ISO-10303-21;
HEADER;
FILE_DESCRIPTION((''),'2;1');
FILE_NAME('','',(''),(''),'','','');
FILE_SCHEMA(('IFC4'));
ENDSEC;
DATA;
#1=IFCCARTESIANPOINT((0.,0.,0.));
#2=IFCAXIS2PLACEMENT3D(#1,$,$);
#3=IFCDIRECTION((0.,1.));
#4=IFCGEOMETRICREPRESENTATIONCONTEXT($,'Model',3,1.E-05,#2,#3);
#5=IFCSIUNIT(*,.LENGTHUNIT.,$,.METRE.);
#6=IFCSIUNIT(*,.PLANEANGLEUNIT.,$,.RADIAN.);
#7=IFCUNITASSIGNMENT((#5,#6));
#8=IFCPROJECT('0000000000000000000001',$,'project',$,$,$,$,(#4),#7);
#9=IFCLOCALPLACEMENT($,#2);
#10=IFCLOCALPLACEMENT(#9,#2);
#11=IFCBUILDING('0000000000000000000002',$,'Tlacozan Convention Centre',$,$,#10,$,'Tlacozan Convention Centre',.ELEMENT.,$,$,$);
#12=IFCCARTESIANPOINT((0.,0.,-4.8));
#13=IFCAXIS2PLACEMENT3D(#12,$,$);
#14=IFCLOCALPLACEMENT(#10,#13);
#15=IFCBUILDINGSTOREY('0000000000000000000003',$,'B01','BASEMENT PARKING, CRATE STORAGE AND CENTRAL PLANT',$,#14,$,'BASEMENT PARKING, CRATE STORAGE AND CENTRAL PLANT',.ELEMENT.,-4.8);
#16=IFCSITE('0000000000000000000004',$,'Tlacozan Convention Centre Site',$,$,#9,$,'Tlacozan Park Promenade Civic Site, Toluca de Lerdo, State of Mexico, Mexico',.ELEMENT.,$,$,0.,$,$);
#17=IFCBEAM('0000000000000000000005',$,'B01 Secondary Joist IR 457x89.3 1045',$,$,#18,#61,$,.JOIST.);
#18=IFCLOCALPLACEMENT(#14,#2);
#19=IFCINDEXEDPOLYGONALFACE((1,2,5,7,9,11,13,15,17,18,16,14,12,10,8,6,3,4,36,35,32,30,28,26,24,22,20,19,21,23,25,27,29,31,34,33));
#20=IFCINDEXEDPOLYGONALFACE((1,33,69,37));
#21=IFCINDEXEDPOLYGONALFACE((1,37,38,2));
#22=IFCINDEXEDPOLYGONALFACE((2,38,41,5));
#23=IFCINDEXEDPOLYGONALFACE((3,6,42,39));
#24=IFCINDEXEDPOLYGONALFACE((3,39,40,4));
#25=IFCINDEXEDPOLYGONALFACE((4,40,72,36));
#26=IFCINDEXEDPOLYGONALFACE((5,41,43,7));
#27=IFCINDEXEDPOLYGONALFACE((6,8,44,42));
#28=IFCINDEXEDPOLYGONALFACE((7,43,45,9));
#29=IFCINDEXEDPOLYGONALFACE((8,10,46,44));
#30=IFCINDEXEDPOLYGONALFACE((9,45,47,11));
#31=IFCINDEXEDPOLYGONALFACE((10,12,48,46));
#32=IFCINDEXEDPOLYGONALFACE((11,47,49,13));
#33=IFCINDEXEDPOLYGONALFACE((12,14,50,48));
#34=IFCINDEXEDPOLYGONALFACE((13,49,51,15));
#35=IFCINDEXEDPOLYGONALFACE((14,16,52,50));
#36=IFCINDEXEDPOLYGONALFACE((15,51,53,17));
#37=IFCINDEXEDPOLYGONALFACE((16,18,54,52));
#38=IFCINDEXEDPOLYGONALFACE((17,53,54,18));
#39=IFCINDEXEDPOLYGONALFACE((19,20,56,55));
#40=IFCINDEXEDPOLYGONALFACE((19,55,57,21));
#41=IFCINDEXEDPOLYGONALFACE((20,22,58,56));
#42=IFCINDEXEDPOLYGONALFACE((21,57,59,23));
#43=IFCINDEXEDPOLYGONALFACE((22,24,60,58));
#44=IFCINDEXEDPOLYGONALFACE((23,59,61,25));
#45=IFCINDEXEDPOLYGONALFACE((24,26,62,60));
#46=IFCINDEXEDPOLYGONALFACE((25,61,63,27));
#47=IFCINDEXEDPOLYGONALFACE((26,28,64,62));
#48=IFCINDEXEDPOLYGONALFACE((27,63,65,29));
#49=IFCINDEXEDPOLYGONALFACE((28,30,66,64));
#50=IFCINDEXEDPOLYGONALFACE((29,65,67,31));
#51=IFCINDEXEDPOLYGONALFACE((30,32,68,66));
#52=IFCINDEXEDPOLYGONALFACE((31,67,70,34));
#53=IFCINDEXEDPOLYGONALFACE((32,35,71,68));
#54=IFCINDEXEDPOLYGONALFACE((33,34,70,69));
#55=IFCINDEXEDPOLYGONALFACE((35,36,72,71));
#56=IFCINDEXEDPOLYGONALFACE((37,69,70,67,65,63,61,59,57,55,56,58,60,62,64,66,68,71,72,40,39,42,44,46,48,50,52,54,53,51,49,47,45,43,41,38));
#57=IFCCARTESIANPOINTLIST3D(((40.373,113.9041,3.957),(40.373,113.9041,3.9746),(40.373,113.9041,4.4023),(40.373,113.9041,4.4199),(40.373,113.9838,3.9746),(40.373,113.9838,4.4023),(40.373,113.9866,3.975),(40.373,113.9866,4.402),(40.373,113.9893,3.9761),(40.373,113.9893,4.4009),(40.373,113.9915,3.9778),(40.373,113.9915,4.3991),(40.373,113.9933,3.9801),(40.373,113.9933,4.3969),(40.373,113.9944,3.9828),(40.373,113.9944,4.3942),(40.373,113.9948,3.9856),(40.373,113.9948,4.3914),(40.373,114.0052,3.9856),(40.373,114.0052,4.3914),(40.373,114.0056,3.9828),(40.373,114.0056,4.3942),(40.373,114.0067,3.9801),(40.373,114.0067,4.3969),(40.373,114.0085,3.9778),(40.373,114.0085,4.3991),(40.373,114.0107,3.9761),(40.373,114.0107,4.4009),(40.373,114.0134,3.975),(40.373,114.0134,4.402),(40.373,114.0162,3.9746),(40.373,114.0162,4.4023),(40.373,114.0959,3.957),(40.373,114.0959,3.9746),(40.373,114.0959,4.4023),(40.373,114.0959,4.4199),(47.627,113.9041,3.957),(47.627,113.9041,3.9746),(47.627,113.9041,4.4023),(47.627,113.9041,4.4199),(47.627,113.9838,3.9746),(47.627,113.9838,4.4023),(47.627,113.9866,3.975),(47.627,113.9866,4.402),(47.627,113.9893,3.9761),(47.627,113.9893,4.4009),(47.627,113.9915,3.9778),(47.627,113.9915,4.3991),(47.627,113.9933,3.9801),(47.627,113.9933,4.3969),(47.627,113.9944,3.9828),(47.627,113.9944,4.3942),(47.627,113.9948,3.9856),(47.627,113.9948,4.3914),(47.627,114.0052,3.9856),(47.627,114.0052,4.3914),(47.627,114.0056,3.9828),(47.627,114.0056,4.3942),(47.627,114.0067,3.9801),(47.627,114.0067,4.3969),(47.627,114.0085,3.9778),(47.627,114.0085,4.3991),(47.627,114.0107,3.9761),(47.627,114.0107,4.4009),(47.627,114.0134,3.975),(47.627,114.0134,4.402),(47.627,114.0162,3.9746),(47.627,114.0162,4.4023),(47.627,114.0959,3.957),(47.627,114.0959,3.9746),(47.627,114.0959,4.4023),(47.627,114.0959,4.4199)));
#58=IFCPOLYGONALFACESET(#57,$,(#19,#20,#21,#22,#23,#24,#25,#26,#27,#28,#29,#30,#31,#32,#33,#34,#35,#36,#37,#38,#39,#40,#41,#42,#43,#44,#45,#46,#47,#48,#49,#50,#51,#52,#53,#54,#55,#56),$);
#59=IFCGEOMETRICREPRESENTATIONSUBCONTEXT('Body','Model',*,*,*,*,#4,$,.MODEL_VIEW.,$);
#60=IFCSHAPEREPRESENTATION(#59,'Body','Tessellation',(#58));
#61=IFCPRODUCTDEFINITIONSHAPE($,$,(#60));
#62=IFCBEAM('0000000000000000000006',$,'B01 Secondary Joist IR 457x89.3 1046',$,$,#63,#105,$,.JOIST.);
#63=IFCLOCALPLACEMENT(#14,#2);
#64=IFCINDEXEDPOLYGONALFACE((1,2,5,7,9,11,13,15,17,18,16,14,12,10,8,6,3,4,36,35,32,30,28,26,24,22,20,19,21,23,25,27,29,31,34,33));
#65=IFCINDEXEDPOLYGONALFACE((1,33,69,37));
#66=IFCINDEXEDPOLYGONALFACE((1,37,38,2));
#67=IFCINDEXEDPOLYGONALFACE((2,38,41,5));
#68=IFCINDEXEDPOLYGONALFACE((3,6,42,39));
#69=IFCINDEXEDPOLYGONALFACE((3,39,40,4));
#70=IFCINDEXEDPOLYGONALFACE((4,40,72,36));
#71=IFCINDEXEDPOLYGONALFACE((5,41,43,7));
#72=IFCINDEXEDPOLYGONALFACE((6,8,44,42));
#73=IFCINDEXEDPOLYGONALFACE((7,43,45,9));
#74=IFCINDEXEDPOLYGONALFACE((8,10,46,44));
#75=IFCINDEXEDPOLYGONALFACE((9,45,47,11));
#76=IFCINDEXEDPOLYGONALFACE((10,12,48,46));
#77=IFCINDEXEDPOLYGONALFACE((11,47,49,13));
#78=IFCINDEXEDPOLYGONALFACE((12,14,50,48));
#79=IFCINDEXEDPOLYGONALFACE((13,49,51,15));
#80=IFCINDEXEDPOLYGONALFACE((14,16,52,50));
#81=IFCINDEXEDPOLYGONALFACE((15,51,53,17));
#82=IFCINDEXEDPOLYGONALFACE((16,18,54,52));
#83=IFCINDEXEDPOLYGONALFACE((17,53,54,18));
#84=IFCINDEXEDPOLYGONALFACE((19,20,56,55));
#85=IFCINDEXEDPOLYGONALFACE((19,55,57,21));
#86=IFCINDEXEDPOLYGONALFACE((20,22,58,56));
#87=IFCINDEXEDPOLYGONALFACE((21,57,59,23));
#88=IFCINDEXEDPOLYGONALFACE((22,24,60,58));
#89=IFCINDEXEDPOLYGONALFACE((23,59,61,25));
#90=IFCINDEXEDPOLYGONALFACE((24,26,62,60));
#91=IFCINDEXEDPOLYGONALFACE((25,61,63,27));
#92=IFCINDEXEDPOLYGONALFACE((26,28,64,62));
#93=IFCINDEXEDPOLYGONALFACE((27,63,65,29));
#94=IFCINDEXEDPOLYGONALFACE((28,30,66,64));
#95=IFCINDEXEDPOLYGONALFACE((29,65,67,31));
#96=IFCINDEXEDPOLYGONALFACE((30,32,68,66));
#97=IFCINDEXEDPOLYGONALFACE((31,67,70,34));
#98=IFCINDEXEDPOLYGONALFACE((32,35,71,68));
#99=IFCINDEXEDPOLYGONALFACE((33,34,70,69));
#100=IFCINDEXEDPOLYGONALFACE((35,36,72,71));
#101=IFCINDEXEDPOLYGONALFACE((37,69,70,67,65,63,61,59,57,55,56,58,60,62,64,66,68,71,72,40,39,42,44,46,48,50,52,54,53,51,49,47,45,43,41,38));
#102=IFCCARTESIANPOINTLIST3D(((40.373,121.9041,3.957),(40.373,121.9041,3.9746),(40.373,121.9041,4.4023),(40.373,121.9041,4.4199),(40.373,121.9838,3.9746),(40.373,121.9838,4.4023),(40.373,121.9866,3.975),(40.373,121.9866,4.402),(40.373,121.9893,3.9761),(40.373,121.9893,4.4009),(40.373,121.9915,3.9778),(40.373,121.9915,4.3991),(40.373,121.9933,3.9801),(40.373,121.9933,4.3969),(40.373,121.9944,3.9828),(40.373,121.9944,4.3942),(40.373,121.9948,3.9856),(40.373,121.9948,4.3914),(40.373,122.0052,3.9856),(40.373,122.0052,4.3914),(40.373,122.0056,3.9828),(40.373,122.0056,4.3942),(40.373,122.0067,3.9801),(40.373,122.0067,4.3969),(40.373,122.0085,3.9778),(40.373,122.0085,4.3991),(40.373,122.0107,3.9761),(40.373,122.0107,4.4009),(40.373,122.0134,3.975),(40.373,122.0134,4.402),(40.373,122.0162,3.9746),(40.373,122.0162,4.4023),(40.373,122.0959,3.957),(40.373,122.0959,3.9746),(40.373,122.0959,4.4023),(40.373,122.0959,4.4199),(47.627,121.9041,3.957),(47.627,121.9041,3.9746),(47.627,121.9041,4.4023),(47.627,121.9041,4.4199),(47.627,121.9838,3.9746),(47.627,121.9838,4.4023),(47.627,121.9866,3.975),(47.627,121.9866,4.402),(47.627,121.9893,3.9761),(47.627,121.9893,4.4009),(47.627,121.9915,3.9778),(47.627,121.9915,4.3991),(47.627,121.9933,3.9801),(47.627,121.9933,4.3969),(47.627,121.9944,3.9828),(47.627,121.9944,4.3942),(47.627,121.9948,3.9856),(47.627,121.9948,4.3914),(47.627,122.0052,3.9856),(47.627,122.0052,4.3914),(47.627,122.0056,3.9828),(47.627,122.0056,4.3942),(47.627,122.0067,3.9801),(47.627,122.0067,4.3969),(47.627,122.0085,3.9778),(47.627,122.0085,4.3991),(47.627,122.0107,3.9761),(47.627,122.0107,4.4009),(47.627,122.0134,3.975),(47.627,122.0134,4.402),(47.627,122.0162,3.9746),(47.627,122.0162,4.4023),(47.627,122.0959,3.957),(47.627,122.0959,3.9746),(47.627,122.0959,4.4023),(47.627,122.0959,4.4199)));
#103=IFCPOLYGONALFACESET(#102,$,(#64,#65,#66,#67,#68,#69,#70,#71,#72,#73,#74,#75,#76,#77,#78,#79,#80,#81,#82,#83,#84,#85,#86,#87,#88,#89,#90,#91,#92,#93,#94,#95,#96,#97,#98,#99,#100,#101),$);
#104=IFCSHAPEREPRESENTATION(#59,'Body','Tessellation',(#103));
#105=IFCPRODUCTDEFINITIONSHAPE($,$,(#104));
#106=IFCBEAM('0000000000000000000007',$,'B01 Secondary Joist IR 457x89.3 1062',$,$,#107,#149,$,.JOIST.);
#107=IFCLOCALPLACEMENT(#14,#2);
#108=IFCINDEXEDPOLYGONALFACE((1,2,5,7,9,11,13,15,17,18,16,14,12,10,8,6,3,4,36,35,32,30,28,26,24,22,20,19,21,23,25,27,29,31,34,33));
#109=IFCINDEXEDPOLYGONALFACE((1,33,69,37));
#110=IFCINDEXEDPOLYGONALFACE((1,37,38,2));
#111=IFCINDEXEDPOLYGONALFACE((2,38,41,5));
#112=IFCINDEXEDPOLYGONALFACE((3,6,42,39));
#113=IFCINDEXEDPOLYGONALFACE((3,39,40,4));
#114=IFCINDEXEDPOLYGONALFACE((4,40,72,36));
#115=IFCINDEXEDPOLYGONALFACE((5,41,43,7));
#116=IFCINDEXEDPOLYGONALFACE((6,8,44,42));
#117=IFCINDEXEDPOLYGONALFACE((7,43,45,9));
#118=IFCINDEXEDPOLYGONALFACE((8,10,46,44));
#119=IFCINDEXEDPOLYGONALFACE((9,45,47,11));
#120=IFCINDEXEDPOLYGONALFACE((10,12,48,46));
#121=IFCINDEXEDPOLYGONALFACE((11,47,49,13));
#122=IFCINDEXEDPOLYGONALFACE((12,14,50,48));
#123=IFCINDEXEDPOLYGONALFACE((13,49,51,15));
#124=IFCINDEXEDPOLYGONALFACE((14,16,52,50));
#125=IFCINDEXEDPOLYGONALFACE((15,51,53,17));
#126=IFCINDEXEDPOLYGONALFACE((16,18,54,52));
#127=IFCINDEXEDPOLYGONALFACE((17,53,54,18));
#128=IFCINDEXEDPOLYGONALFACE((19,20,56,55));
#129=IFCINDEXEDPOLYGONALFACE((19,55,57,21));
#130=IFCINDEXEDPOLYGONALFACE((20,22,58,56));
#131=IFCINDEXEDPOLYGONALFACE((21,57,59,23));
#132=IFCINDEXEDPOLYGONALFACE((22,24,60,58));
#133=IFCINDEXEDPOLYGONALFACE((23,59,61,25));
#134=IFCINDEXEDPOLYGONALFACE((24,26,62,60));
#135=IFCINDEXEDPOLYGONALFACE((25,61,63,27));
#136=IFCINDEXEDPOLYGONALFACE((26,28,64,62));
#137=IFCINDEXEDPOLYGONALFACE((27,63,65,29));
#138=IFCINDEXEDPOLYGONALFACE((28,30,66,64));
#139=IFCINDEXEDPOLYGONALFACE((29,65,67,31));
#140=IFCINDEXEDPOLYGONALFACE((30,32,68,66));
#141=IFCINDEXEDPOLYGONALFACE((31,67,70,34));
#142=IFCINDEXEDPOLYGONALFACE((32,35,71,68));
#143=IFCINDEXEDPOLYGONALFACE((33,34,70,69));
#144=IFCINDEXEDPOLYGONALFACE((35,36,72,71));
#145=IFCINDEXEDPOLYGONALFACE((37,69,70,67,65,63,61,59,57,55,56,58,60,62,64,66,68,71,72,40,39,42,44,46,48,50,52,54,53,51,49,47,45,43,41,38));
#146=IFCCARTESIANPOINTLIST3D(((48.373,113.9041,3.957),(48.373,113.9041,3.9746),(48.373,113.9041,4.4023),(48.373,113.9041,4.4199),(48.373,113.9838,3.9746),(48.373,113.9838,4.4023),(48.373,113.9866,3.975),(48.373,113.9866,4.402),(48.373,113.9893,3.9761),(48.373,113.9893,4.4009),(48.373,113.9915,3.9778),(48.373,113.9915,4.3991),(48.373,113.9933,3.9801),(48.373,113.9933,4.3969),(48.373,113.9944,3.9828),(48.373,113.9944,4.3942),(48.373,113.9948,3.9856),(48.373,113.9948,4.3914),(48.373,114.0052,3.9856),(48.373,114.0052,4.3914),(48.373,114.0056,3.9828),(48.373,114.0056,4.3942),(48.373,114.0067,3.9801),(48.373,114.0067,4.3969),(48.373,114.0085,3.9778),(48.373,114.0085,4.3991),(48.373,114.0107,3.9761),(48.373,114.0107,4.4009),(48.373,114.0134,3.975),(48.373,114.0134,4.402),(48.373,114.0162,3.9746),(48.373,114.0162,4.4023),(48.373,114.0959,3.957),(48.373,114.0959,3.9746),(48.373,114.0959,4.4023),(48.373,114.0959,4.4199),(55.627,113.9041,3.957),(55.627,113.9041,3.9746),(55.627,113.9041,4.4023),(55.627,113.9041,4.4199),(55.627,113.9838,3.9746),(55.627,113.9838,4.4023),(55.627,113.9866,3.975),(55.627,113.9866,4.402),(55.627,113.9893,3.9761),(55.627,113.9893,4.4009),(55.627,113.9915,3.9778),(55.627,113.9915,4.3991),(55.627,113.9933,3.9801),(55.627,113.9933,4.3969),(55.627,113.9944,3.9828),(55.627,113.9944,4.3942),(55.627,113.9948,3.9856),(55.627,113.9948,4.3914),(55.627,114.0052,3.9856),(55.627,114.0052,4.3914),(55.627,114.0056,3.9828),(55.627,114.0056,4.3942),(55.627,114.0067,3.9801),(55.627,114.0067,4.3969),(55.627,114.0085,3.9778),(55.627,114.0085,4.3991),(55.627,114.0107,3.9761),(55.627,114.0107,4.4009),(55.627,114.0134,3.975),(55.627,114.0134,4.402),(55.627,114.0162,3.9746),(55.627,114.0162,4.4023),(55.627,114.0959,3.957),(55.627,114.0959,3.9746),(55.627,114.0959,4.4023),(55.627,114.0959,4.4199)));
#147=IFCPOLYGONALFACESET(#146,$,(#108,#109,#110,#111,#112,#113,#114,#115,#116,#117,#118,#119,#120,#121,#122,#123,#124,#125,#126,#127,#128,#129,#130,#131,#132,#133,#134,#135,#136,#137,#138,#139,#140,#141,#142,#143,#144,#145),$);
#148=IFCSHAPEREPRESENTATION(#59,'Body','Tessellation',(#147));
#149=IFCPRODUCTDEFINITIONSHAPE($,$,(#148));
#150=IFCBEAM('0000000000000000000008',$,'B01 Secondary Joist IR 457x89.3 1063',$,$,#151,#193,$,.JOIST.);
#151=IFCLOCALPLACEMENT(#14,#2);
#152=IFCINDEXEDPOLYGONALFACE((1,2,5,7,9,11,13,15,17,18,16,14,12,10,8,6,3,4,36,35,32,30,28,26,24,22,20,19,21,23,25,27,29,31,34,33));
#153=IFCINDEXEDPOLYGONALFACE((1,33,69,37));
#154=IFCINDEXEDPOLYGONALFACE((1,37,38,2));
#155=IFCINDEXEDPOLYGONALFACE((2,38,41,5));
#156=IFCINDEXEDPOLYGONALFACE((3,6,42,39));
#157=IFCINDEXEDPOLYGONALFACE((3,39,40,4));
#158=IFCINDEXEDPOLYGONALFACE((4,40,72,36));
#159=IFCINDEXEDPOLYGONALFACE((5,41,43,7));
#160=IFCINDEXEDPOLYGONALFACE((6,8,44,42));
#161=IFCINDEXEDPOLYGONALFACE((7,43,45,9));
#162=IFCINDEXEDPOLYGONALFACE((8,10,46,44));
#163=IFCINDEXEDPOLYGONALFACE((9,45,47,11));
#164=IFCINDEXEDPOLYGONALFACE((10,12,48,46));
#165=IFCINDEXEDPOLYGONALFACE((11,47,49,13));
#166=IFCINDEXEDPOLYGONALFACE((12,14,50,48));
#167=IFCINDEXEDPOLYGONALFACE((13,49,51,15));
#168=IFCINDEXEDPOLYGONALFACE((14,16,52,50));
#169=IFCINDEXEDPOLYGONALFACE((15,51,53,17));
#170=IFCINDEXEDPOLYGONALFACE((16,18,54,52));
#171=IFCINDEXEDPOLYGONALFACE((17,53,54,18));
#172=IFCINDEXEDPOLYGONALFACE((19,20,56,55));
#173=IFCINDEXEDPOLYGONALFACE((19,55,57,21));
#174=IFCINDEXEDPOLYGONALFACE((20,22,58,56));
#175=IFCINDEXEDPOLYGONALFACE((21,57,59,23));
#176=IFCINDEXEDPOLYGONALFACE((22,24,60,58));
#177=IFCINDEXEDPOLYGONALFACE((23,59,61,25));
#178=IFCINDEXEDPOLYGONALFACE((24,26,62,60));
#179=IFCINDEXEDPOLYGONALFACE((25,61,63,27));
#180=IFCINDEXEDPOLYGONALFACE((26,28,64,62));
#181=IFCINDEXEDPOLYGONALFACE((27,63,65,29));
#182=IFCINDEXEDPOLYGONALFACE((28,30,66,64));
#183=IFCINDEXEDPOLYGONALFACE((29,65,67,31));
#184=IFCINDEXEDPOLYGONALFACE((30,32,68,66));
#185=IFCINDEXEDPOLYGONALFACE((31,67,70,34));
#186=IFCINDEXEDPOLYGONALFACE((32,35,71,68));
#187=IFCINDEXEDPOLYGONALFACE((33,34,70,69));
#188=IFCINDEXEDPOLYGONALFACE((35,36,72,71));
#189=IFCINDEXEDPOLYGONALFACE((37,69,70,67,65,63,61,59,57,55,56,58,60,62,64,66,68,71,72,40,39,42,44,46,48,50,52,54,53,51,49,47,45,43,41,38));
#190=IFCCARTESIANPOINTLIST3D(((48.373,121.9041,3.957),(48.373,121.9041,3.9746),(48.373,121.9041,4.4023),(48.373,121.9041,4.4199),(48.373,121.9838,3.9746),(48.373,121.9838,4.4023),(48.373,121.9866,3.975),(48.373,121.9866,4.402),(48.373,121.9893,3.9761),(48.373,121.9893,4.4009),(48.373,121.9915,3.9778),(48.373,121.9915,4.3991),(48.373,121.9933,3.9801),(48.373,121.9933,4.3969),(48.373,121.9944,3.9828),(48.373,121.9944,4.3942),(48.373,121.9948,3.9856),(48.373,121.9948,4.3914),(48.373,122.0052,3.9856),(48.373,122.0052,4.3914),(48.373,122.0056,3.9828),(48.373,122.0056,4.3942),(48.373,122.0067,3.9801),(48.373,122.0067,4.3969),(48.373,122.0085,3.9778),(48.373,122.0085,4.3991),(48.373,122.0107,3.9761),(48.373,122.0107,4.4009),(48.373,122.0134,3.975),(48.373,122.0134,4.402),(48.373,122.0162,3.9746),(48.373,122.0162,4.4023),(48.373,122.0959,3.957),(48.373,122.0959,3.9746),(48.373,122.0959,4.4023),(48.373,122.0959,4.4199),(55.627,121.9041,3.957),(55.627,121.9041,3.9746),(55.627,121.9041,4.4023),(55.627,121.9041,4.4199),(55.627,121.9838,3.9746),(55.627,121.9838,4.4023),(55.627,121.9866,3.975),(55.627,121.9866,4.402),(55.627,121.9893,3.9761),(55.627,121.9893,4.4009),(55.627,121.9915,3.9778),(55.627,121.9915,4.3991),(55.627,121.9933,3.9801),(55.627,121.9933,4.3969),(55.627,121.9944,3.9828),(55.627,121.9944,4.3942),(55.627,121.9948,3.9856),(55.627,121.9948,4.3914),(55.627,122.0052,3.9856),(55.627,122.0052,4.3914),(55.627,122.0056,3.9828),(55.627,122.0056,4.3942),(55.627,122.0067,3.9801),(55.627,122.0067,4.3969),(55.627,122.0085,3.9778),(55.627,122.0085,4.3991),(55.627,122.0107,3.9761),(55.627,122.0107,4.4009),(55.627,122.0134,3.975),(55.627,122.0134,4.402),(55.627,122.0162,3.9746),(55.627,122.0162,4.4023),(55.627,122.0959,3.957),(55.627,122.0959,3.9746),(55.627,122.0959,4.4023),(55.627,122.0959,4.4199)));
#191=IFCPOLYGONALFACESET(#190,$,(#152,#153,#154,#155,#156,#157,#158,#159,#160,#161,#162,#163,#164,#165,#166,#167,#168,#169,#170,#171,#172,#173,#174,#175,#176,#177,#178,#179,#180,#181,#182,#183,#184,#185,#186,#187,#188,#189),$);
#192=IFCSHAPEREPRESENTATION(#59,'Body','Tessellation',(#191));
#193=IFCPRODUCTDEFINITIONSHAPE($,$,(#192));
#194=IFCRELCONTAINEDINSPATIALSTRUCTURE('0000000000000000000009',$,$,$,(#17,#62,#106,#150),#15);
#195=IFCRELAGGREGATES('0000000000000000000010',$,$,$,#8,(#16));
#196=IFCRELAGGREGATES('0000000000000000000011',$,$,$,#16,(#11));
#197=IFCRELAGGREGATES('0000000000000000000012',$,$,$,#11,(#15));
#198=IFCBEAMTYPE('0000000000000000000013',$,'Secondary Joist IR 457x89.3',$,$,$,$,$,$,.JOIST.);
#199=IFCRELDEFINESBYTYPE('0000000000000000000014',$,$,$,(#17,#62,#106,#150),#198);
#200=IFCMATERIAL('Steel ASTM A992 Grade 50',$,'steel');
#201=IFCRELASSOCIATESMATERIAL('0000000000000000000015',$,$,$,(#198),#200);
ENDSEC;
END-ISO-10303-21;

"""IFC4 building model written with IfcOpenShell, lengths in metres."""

from ifc_helpers import new_model, si_unit, direction, frame, origin, origin_2d, place, context, subcontext, project, spatial, i_section, extrude, material, material_profile, profile_set, type_object, element, save


model = new_model("IFC4")

# Units and contexts
model_context = context("Model", 3, precision=1e-05, world=origin(), true_north=direction((0.0, 1.0)))
body_context = subcontext(model_context, "Body", "Model", "MODEL_VIEW")
ifc_project = project(units=[si_unit("LENGTHUNIT", "METRE"), si_unit("PLANEANGLEUNIT", "RADIAN")], contexts=[model_context])

# Site, building, storey
site_placement = place(None, origin())
site = spatial("IfcSite", under=ifc_project, at=site_placement, Name="Tlacozan Convention Centre Site", LongName="Tlacozan Park Promenade Civic Site, Toluca de Lerdo, State of Mexico, Mexico", CompositionType="ELEMENT", RefElevation=0.0)
building_placement = place(site_placement, origin())
building = spatial("IfcBuilding", under=site, at=building_placement, Name="Tlacozan Convention Centre", LongName="Tlacozan Convention Centre", CompositionType="ELEMENT")
storey_placement = place(building_placement, frame((0.0, 0.0, -4.8)))
storey = spatial("IfcBuildingStorey", under=building, at=storey_placement, Name="B01", Description="BASEMENT PARKING, CRATE STORAGE AND CENTRAL PLANT", LongName="BASEMENT PARKING, CRATE STORAGE AND CENTRAL PLANT", CompositionType="ELEMENT", Elevation=-4.8)

# Beams
ifc_material_1 = material(Name="Steel ASTM A992 Grade 50", Category="steel")
ifc_material_profile_1 = material_profile(ifc_material_1, i_section(OverallWidth=0.1919, OverallDepth=0.4629, WebThickness=0.0105, FlangeThickness=0.0176, FilletRadius=0.011, at=origin_2d()), Name="IR 457x89.3")
ifc_profile_set_1 = profile_set([ifc_material_profile_1], Name="Steel ASTM A992 Grade 50")
beam_type_1 = type_object("IfcBeamType", Name="Secondary Joist IR 457x89.3", PredefinedType="JOIST", material=ifc_profile_set_1)
for number, where, z_axis, x_axis, name in (
    (1, (40.373, 114.0, 4.1885), (1.0, 0.0, 0.0), (0.0, 1.0, 0.0), "B01 Secondary Joist IR 457x89.3 1045"),
    (2, (40.373, 122.0, 4.1885), (1.0, 0.0, 0.0), (0.0, 1.0, 0.0), "B01 Secondary Joist IR 457x89.3 1046"),
    (3, (48.373, 114.0, 4.1885), (1.0, 0.0, 0.0), (0.0, 1.0, 0.0), "B01 Secondary Joist IR 457x89.3 1062"),
    (4, (48.373, 122.0, 4.1885), (1.0, 0.0, 0.0), (0.0, 1.0, 0.0), "B01 Secondary Joist IR 457x89.3 1063"),
):
    element("IfcBeam", number, at=place(storey_placement, frame(where, z_axis=z_axis, x_axis=x_axis)), inside=storey, type_object=beam_type_1, Name=name, PredefinedType="JOIST", context=body_context, shape_type="SweptSolid", body=[
        extrude(i_section(OverallWidth=0.1919, OverallDepth=0.4629, WebThickness=0.0105, FlangeThickness=0.0176, FilletRadius=0.011, at=origin_2d()), origin(), (0.0, 0.0, 1.0), 7.2539),
    ])

save(model, "model.ifc")
